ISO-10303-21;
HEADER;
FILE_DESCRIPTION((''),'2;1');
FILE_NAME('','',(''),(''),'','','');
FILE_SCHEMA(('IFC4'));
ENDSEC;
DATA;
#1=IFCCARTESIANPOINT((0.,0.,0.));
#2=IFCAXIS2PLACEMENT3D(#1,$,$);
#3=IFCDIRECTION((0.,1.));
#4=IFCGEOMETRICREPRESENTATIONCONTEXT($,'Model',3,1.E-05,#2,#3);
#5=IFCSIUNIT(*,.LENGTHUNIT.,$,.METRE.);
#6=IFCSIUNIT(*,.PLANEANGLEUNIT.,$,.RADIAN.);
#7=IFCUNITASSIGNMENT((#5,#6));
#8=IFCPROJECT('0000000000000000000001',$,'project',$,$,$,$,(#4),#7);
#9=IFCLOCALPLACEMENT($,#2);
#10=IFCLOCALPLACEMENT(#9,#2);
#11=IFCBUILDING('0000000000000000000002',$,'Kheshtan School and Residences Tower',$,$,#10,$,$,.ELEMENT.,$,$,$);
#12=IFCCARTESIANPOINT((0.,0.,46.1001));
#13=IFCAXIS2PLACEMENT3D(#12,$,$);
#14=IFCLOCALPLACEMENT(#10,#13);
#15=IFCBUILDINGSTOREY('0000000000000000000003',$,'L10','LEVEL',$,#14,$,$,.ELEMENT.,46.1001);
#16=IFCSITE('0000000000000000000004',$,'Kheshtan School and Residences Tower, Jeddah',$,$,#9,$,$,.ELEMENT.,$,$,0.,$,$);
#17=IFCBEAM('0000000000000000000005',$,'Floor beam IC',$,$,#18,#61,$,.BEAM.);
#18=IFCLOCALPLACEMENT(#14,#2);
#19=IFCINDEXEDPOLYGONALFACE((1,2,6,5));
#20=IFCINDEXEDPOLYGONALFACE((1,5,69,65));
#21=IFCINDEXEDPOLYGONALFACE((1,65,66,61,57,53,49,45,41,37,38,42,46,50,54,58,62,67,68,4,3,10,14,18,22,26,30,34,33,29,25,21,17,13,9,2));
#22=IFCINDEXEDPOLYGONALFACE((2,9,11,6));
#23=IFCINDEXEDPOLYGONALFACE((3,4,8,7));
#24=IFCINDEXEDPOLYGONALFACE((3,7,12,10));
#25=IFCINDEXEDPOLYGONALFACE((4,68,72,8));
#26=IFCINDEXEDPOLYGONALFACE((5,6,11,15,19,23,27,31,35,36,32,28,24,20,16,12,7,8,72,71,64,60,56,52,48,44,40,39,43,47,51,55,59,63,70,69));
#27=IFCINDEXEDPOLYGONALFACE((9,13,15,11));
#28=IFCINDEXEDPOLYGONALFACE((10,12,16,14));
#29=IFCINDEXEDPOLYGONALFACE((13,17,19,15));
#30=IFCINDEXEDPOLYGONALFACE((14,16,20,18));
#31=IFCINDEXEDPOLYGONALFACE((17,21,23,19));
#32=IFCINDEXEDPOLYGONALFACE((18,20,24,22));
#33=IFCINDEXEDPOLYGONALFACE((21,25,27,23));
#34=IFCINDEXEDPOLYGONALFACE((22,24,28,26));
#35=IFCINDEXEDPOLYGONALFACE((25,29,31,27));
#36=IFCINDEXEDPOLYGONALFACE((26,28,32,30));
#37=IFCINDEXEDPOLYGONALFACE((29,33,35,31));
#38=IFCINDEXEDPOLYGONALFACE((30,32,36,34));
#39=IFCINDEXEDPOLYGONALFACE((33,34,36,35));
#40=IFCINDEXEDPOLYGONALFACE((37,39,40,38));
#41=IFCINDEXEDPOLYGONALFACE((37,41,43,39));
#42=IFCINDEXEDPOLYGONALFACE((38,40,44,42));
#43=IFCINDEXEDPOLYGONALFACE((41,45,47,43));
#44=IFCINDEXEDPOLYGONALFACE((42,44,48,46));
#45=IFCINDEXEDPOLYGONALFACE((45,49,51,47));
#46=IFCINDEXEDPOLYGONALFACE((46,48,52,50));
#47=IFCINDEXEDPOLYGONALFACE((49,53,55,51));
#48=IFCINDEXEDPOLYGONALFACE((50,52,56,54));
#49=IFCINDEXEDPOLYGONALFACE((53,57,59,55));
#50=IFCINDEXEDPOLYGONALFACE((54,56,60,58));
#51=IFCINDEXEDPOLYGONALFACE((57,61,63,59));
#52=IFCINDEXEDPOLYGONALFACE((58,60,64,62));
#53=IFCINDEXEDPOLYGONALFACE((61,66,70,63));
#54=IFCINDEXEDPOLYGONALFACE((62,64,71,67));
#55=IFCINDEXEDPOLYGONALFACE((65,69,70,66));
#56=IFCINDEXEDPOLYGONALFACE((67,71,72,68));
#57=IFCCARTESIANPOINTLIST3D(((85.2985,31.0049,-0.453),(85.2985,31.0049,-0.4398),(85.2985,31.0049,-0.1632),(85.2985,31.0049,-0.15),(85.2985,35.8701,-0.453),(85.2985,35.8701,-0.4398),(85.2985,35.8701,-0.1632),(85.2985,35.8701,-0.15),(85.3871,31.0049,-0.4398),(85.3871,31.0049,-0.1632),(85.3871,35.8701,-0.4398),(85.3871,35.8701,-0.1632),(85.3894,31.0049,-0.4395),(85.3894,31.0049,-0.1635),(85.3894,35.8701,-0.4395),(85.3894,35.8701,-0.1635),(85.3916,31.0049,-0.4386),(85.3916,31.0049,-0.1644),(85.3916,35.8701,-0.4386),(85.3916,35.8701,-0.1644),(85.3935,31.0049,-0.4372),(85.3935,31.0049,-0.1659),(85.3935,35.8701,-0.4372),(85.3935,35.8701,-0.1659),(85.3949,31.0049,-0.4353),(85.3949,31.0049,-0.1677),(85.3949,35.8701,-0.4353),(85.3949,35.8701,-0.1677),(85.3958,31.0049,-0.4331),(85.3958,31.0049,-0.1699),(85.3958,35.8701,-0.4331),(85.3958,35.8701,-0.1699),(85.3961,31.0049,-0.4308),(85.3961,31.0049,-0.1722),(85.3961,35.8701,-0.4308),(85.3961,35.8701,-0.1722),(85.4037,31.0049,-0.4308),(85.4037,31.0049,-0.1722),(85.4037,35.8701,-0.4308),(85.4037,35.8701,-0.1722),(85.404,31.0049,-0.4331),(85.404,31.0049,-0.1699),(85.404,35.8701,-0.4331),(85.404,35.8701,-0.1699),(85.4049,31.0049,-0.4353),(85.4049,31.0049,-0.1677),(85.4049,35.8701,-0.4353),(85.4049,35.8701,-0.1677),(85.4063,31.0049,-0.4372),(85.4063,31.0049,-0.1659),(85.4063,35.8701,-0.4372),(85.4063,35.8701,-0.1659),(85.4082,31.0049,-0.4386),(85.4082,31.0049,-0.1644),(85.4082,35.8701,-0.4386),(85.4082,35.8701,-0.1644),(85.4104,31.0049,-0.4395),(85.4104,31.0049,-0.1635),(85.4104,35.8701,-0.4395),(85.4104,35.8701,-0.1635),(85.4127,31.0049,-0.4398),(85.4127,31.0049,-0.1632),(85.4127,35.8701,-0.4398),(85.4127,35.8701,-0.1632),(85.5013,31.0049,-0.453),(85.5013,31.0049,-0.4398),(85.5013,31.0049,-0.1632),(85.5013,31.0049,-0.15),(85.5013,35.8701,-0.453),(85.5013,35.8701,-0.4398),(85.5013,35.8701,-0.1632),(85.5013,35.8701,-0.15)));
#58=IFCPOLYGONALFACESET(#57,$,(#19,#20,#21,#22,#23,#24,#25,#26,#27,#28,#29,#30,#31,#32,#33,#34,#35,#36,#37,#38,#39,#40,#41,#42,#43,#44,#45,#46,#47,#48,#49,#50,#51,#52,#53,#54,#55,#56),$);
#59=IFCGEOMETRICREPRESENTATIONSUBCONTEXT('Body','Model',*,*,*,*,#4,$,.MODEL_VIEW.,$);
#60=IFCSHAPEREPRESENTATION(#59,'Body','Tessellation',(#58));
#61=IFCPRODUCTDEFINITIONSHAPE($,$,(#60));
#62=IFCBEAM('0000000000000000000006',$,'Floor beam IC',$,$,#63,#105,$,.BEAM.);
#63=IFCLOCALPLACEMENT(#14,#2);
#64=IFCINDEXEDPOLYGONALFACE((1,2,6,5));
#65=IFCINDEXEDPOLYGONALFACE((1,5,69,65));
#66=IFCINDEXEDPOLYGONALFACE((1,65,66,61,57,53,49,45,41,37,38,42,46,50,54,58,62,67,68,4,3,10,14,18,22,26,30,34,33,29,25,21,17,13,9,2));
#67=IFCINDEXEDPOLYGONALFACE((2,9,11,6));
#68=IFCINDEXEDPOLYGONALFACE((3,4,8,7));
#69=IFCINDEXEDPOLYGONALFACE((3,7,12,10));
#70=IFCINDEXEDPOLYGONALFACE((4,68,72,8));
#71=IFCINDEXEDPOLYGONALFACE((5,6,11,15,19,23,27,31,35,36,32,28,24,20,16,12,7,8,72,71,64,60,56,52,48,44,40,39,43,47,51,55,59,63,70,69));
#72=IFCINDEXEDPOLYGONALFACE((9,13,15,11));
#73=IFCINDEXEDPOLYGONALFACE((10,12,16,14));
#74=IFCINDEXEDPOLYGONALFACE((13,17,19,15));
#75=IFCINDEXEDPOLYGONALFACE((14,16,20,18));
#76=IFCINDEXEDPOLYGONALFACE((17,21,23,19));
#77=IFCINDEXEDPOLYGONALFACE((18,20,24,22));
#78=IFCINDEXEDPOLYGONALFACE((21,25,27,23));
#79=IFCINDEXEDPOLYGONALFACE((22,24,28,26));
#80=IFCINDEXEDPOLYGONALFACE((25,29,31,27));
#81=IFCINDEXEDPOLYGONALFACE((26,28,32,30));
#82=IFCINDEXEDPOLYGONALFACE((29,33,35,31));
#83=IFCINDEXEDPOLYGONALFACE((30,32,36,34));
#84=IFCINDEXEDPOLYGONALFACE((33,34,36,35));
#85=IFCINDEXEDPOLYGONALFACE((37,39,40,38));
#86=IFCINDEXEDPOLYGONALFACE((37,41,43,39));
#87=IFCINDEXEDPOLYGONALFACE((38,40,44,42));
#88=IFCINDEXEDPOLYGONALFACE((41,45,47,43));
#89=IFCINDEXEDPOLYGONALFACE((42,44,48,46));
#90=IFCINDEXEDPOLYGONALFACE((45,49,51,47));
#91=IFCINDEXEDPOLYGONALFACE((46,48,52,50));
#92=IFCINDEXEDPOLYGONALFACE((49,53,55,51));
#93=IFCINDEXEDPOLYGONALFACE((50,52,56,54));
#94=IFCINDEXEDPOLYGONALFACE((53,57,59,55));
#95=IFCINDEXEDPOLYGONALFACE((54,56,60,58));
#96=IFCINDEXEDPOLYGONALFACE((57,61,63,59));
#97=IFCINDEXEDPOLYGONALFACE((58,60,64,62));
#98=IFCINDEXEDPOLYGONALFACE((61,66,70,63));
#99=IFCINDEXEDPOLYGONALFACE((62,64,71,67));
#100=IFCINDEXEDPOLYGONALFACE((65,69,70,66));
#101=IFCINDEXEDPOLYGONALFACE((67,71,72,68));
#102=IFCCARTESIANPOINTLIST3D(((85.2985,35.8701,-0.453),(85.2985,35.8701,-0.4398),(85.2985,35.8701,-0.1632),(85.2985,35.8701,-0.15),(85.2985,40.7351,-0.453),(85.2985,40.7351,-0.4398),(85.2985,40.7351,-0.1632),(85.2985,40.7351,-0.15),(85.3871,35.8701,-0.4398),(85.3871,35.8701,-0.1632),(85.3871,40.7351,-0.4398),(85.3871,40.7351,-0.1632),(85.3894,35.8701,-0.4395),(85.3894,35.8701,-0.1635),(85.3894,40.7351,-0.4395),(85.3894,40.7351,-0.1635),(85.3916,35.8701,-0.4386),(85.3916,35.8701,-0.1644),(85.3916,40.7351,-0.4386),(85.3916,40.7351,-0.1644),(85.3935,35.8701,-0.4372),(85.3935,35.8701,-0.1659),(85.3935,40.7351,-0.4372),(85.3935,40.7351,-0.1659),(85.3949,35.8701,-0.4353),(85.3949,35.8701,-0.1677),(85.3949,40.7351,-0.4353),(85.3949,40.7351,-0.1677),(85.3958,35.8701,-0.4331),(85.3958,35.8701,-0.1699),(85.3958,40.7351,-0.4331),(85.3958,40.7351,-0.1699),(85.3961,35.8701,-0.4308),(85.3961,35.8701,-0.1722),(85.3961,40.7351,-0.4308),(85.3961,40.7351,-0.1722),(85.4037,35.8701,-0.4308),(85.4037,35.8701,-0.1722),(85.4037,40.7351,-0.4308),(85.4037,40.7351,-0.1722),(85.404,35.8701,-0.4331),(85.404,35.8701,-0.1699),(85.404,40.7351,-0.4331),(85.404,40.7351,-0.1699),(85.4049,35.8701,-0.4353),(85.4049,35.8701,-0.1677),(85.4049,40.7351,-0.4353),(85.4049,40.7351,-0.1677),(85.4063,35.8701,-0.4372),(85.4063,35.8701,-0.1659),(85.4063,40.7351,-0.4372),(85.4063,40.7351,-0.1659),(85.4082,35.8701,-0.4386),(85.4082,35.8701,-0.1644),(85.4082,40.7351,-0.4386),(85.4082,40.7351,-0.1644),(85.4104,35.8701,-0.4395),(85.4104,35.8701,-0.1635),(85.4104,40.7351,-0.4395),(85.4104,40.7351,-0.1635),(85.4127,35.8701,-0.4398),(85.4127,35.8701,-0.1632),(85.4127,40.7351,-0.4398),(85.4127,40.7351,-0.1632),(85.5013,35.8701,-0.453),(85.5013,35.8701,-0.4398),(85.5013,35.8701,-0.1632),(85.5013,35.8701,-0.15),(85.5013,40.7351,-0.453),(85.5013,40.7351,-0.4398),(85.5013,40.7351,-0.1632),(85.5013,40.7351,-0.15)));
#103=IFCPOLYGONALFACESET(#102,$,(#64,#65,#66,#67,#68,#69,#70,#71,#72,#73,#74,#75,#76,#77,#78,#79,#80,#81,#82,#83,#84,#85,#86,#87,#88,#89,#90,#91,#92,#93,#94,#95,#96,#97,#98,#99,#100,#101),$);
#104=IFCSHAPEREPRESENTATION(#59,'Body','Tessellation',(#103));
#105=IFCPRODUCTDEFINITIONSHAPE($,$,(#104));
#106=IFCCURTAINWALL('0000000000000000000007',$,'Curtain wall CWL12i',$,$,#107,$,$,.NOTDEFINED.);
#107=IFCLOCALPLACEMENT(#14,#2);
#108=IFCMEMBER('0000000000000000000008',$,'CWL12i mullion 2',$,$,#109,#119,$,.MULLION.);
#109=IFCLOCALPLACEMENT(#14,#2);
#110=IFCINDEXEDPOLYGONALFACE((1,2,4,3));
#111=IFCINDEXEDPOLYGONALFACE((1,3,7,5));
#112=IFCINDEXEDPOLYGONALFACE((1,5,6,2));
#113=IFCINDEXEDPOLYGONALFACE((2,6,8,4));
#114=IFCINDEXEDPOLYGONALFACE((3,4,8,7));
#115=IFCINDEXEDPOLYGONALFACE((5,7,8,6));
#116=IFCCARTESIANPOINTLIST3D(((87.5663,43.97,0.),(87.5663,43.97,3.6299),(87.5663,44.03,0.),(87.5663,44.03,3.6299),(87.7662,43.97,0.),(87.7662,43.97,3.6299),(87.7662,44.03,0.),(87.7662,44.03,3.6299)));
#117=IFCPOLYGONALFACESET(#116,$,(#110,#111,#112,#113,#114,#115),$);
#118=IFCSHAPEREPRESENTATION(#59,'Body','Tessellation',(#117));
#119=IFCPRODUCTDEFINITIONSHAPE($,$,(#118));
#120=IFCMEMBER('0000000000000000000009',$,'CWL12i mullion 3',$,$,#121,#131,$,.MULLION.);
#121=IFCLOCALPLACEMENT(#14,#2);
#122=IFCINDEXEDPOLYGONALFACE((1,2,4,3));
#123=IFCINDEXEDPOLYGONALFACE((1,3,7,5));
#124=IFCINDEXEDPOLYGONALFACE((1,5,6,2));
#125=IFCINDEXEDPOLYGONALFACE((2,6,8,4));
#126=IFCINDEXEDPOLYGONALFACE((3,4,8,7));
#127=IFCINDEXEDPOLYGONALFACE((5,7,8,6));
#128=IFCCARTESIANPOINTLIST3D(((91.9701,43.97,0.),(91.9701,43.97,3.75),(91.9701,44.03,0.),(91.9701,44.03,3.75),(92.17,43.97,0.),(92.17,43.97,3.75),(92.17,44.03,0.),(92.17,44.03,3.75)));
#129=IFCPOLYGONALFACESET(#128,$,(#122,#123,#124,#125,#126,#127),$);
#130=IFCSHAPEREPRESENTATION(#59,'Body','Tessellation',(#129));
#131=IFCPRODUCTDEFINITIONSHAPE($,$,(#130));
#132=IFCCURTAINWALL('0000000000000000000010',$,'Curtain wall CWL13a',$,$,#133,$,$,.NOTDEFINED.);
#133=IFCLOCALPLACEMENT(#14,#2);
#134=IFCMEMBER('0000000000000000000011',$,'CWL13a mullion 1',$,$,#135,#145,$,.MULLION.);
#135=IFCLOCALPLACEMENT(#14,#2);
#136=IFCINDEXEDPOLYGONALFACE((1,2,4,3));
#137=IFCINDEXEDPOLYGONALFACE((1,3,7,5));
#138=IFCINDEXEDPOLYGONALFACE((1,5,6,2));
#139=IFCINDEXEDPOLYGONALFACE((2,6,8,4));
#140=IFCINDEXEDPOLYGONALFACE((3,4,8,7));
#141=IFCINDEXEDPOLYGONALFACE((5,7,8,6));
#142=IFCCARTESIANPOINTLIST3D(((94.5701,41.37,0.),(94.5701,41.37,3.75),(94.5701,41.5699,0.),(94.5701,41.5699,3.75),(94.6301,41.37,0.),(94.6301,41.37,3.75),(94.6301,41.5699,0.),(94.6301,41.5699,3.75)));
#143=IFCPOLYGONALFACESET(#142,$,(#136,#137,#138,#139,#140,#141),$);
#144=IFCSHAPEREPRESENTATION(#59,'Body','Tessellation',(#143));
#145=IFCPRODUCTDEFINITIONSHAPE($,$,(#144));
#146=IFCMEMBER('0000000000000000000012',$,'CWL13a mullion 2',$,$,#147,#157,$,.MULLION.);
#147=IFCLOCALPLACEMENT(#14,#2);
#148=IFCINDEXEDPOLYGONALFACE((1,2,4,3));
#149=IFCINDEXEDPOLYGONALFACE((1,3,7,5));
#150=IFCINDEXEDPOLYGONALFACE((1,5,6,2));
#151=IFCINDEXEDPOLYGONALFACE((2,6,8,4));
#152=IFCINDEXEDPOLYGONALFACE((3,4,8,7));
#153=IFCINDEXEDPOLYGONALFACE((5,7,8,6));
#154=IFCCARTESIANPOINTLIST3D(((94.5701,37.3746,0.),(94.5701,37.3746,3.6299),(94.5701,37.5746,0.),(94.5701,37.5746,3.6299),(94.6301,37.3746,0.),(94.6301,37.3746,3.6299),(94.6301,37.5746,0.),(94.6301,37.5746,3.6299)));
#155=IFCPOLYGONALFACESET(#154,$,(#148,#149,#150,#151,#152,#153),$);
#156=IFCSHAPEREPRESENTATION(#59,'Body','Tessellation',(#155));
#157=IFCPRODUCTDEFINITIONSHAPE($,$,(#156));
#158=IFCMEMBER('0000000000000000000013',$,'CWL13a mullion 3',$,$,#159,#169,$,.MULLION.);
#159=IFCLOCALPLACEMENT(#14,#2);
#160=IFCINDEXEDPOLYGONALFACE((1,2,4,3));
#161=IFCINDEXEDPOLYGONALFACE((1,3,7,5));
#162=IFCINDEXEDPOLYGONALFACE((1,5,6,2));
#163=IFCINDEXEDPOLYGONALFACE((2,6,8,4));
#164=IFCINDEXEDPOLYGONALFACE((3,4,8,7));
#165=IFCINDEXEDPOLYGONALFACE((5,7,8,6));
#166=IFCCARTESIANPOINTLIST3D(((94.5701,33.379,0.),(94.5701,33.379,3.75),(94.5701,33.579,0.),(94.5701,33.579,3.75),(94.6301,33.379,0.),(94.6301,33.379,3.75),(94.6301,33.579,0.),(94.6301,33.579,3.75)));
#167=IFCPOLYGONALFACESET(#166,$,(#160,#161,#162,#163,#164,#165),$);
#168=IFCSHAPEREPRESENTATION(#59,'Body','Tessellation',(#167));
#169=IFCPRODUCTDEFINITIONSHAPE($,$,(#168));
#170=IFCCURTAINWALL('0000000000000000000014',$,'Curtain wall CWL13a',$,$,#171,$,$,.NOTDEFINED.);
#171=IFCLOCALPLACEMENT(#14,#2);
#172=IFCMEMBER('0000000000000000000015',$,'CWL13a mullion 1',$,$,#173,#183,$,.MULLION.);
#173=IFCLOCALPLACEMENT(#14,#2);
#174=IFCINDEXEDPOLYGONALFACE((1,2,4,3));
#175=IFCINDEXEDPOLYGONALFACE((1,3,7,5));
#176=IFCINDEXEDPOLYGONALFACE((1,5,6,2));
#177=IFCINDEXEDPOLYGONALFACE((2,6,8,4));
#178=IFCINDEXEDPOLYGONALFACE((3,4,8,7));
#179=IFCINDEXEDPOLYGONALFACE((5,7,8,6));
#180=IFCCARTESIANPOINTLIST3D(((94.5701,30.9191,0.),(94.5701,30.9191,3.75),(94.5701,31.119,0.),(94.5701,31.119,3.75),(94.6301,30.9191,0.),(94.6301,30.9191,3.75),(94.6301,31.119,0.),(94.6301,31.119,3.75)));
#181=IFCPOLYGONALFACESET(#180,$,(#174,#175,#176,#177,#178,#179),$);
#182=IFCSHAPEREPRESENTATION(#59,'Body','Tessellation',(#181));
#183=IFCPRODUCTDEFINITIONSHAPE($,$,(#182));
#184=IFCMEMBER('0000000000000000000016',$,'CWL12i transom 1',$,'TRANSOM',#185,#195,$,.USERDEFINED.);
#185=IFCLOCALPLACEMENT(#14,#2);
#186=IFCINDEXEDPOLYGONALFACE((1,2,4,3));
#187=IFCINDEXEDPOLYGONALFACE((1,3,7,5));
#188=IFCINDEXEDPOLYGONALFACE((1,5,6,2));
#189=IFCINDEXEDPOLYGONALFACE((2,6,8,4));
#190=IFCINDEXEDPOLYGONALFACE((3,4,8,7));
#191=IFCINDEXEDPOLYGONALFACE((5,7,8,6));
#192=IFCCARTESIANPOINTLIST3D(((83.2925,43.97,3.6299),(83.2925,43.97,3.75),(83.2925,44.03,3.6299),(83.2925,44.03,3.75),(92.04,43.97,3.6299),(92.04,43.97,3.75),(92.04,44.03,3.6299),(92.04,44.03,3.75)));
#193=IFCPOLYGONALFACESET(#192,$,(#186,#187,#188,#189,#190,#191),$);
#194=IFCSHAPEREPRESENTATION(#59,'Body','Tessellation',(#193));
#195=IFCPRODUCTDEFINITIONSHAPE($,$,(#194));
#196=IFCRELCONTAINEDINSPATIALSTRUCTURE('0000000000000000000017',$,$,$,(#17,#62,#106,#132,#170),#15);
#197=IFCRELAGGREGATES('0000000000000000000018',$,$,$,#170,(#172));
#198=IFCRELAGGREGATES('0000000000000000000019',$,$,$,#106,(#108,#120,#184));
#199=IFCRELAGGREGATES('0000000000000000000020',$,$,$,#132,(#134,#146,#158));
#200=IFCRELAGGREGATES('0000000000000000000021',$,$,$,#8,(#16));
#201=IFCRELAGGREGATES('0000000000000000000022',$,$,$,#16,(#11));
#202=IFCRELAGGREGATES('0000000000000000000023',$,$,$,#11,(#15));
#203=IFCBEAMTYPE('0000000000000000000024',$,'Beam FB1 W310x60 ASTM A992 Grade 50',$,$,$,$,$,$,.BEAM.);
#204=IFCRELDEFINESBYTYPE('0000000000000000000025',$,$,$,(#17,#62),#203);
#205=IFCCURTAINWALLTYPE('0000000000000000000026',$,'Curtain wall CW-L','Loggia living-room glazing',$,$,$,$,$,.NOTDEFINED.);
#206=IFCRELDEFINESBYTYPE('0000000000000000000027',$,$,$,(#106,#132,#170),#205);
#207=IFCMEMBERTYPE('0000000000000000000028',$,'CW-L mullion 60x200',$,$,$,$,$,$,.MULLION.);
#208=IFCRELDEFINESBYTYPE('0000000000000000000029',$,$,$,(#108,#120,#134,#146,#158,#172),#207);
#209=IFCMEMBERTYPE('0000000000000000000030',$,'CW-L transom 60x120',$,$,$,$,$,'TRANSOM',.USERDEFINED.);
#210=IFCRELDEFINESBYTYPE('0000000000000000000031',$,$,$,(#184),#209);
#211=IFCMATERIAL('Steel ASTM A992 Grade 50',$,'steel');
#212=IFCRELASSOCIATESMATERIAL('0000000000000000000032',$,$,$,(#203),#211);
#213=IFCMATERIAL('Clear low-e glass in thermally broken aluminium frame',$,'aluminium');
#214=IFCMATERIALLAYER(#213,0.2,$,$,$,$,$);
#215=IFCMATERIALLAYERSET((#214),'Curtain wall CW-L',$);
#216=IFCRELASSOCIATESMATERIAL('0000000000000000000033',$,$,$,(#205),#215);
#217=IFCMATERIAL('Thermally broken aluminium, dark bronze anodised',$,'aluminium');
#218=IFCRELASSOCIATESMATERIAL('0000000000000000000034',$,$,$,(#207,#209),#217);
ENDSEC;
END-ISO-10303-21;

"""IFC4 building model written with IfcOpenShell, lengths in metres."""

from ifc_helpers import new_model, si_unit, direction, frame, origin, origin_2d, place, context, subcontext, project, spatial, rectangle, i_section, extrude, material, layer, layer_set, material_profile, profile_set, type_object, element, aggregate, save


model = new_model("IFC4")

# Units and contexts
model_context = context("Model", 3, precision=1e-05, world=origin(), true_north=direction((0.0, 1.0)))
body_context = subcontext(model_context, "Body", "Model", "MODEL_VIEW")
ifc_project = project(units=[si_unit("LENGTHUNIT", "METRE"), si_unit("PLANEANGLEUNIT", "RADIAN")], contexts=[model_context])

# Site, building, storey
site_placement = place(None, origin())
site = spatial("IfcSite", under=ifc_project, at=site_placement, Name="Kheshtan School and Residences Tower, Jeddah", CompositionType="ELEMENT", RefElevation=0.0)
building_placement = place(site_placement, origin())
building = spatial("IfcBuilding", under=site, at=building_placement, Name="Kheshtan School and Residences Tower", CompositionType="ELEMENT")
storey_placement = place(building_placement, frame((0.0, 0.0, 46.1001)))
storey = spatial("IfcBuildingStorey", under=building, at=storey_placement, Name="L10", Description="LEVEL", CompositionType="ELEMENT", Elevation=46.1001)

# Beams
ifc_material_1 = material(Name="Steel ASTM A992 Grade 50", Category="steel")
ifc_material_profile_1 = material_profile(ifc_material_1, i_section(OverallWidth=0.2029, OverallDepth=0.303, WebThickness=0.0076, FlangeThickness=0.0132, FilletRadius=0.009, at=origin_2d()), Name="W310x60")
ifc_profile_set_1 = profile_set([ifc_material_profile_1], Name="Steel ASTM A992 Grade 50")
beam_type = type_object("IfcBeamType", Name="Beam FB1 W310x60 ASTM A992 Grade 50", PredefinedType="BEAM", material=ifc_profile_set_1)
beam_1_placement = place(storey_placement, frame((85.3999, 31.0049, -0.3015), z_axis=(0.0, 1.0, 0.0), x_axis=(-1.0, 0.0, 0.0)))
element("IfcBeam", 1, at=beam_1_placement, inside=storey, type_object=beam_type, Name="Floor beam IC", PredefinedType="BEAM", context=body_context, shape_type="SweptSolid", body=[
    extrude(i_section(OverallWidth=0.2029, OverallDepth=0.303, WebThickness=0.0076, FlangeThickness=0.0132, FilletRadius=0.009, at=origin_2d()), origin(), (0.0, 0.0, 1.0), 4.8652),
])
beam_2_placement = place(storey_placement, frame((85.3999, 40.7351, -0.3015), z_axis=(0.0, -1.0, 0.0), x_axis=(1.0, 0.0, 0.0)))
element("IfcBeam", 2, at=beam_2_placement, inside=storey, type_object=beam_type, Name="Floor beam IC", PredefinedType="BEAM", context=body_context, shape_type="SweptSolid", body=[
    extrude(i_section(OverallWidth=0.2029, OverallDepth=0.303, WebThickness=0.0076, FlangeThickness=0.0132, FilletRadius=0.009, at=origin_2d()), origin(), (0.0, 0.0, 1.0), 4.865),
])

# Curtain walls, members
ifc_material_2 = material(Name="Clear low-e glass in thermally broken aluminium frame", Category="aluminium")
ifc_layer_1 = layer(ifc_material_2, 0.2)
ifc_layer_set_1 = layer_set([ifc_layer_1], Name="Curtain wall CW-L")
curtain_wall_type = type_object("IfcCurtainWallType", Name="Curtain wall CW-L", Description="Loggia living-room glazing", PredefinedType="NOTDEFINED", material=ifc_layer_set_1)
curtain_wall_1_placement = place(storey_placement, origin())
curtain_wall_1 = element("IfcCurtainWall", 3, at=curtain_wall_1_placement, inside=storey, type_object=curtain_wall_type, Name="Curtain wall CWL12i", PredefinedType="NOTDEFINED")
ifc_material_3 = material(Name="Thermally broken aluminium, dark bronze anodised", Category="aluminium")
ifc_material_profile_2 = material_profile(ifc_material_3, rectangle(XDim=0.0601, YDim=0.2, at=origin_2d()), Name="CW-L mullion 60x200")
ifc_profile_set_2 = profile_set([ifc_material_profile_2], Name="Thermally broken aluminium, dark bronze anodised")
member_type_1 = type_object("IfcMemberType", Name="CW-L mullion 60x200", PredefinedType="MULLION", material=ifc_profile_set_2)
member_1_placement = place(storey_placement, frame((87.6663, 44.0, 0.0), z_axis=(0.0, 0.0, 1.0), x_axis=(0.0, 1.0, 0.0)))
member_1 = element("IfcMember", 4, at=member_1_placement, type_object=member_type_1, Name="CWL12i mullion 2", PredefinedType="MULLION", context=body_context, shape_type="SweptSolid", body=[
    extrude(rectangle(XDim=0.0601, YDim=0.2, at=origin_2d()), origin(), (0.0, 0.0, 1.0), 3.6299),
])
member_2_placement = place(storey_placement, frame((92.0701, 44.0, 0.0), z_axis=(0.0, 0.0, 1.0), x_axis=(0.0, 1.0, 0.0)))
member_2 = element("IfcMember", 5, at=member_2_placement, type_object=member_type_1, Name="CWL12i mullion 3", PredefinedType="MULLION", context=body_context, shape_type="SweptSolid", body=[
    extrude(rectangle(XDim=0.0601, YDim=0.2, at=origin_2d()), origin(), (0.0, 0.0, 1.0), 3.75),
])
curtain_wall_2_placement = place(storey_placement, origin())
curtain_wall_2 = element("IfcCurtainWall", 6, at=curtain_wall_2_placement, inside=storey, type_object=curtain_wall_type, Name="Curtain wall CWL13a", PredefinedType="NOTDEFINED")
member_3_placement = place(storey_placement, frame((94.6001, 41.47, 0.0), z_axis=(0.0, 0.0, 1.0), x_axis=(1.0, 0.0, 0.0)))
member_3 = element("IfcMember", 7, at=member_3_placement, type_object=member_type_1, Name="CWL13a mullion 1", PredefinedType="MULLION", context=body_context, shape_type="SweptSolid", body=[
    extrude(rectangle(XDim=0.0601, YDim=0.2, at=origin_2d()), origin(), (0.0, 0.0, 1.0), 3.75),
])
member_4_placement = place(storey_placement, frame((94.6001, 37.4746, 0.0), z_axis=(0.0, 0.0, 1.0), x_axis=(1.0, 0.0, 0.0)))
member_4 = element("IfcMember", 8, at=member_4_placement, type_object=member_type_1, Name="CWL13a mullion 2", PredefinedType="MULLION", context=body_context, shape_type="SweptSolid", body=[
    extrude(rectangle(XDim=0.0601, YDim=0.2, at=origin_2d()), origin(), (0.0, 0.0, 1.0), 3.6299),
])
member_5_placement = place(storey_placement, frame((94.6001, 33.479, 0.0), z_axis=(0.0, 0.0, 1.0), x_axis=(1.0, 0.0, 0.0)))
member_5 = element("IfcMember", 9, at=member_5_placement, type_object=member_type_1, Name="CWL13a mullion 3", PredefinedType="MULLION", context=body_context, shape_type="SweptSolid", body=[
    extrude(rectangle(XDim=0.0601, YDim=0.2, at=origin_2d()), origin(), (0.0, 0.0, 1.0), 3.75),
])

# Curtain wall, member
curtain_wall_3_placement = place(storey_placement, origin())
curtain_wall_3 = element("IfcCurtainWall", 10, at=curtain_wall_3_placement, inside=storey, type_object=curtain_wall_type, Name="Curtain wall CWL13a", PredefinedType="NOTDEFINED")
member_6_placement = place(storey_placement, frame((94.6001, 31.019, 0.0), z_axis=(0.0, 0.0, 1.0), x_axis=(1.0, 0.0, 0.0)))
member_6 = element("IfcMember", 11, at=member_6_placement, type_object=member_type_1, Name="CWL13a mullion 1", PredefinedType="MULLION", context=body_context, shape_type="SweptSolid", body=[
    extrude(rectangle(XDim=0.0601, YDim=0.2, at=origin_2d()), origin(), (0.0, 0.0, 1.0), 3.75),
])
aggregate(curtain_wall_3, [member_6])

# Member
ifc_material_profile_3 = material_profile(ifc_material_3, rectangle(XDim=0.0601, YDim=0.1201, at=origin_2d()), Name="CW-L transom 60x120")
ifc_profile_set_3 = profile_set([ifc_material_profile_3], Name="Thermally broken aluminium, dark bronze anodised")
member_type_2 = type_object("IfcMemberType", Name="CW-L transom 60x120", ElementType="TRANSOM", PredefinedType="USERDEFINED", material=ifc_profile_set_3)
member_7_placement = place(storey_placement, frame((83.2925, 44.0, 3.6899), z_axis=(1.0, 0.0, 0.0), x_axis=(0.0, 1.0, 0.0)))
member_7 = element("IfcMember", 12, at=member_7_placement, type_object=member_type_2, Name="CWL12i transom 1", ObjectType="TRANSOM", PredefinedType="USERDEFINED", context=body_context, shape_type="SweptSolid", body=[
    extrude(rectangle(XDim=0.0601, YDim=0.1201, at=origin_2d()), origin(), (0.0, 0.0, 1.0), 8.7476),
])

aggregate(curtain_wall_1, [member_1, member_2, member_7])
aggregate(curtain_wall_2, [member_3, member_4, member_5])

save(model, "model.ifc")
